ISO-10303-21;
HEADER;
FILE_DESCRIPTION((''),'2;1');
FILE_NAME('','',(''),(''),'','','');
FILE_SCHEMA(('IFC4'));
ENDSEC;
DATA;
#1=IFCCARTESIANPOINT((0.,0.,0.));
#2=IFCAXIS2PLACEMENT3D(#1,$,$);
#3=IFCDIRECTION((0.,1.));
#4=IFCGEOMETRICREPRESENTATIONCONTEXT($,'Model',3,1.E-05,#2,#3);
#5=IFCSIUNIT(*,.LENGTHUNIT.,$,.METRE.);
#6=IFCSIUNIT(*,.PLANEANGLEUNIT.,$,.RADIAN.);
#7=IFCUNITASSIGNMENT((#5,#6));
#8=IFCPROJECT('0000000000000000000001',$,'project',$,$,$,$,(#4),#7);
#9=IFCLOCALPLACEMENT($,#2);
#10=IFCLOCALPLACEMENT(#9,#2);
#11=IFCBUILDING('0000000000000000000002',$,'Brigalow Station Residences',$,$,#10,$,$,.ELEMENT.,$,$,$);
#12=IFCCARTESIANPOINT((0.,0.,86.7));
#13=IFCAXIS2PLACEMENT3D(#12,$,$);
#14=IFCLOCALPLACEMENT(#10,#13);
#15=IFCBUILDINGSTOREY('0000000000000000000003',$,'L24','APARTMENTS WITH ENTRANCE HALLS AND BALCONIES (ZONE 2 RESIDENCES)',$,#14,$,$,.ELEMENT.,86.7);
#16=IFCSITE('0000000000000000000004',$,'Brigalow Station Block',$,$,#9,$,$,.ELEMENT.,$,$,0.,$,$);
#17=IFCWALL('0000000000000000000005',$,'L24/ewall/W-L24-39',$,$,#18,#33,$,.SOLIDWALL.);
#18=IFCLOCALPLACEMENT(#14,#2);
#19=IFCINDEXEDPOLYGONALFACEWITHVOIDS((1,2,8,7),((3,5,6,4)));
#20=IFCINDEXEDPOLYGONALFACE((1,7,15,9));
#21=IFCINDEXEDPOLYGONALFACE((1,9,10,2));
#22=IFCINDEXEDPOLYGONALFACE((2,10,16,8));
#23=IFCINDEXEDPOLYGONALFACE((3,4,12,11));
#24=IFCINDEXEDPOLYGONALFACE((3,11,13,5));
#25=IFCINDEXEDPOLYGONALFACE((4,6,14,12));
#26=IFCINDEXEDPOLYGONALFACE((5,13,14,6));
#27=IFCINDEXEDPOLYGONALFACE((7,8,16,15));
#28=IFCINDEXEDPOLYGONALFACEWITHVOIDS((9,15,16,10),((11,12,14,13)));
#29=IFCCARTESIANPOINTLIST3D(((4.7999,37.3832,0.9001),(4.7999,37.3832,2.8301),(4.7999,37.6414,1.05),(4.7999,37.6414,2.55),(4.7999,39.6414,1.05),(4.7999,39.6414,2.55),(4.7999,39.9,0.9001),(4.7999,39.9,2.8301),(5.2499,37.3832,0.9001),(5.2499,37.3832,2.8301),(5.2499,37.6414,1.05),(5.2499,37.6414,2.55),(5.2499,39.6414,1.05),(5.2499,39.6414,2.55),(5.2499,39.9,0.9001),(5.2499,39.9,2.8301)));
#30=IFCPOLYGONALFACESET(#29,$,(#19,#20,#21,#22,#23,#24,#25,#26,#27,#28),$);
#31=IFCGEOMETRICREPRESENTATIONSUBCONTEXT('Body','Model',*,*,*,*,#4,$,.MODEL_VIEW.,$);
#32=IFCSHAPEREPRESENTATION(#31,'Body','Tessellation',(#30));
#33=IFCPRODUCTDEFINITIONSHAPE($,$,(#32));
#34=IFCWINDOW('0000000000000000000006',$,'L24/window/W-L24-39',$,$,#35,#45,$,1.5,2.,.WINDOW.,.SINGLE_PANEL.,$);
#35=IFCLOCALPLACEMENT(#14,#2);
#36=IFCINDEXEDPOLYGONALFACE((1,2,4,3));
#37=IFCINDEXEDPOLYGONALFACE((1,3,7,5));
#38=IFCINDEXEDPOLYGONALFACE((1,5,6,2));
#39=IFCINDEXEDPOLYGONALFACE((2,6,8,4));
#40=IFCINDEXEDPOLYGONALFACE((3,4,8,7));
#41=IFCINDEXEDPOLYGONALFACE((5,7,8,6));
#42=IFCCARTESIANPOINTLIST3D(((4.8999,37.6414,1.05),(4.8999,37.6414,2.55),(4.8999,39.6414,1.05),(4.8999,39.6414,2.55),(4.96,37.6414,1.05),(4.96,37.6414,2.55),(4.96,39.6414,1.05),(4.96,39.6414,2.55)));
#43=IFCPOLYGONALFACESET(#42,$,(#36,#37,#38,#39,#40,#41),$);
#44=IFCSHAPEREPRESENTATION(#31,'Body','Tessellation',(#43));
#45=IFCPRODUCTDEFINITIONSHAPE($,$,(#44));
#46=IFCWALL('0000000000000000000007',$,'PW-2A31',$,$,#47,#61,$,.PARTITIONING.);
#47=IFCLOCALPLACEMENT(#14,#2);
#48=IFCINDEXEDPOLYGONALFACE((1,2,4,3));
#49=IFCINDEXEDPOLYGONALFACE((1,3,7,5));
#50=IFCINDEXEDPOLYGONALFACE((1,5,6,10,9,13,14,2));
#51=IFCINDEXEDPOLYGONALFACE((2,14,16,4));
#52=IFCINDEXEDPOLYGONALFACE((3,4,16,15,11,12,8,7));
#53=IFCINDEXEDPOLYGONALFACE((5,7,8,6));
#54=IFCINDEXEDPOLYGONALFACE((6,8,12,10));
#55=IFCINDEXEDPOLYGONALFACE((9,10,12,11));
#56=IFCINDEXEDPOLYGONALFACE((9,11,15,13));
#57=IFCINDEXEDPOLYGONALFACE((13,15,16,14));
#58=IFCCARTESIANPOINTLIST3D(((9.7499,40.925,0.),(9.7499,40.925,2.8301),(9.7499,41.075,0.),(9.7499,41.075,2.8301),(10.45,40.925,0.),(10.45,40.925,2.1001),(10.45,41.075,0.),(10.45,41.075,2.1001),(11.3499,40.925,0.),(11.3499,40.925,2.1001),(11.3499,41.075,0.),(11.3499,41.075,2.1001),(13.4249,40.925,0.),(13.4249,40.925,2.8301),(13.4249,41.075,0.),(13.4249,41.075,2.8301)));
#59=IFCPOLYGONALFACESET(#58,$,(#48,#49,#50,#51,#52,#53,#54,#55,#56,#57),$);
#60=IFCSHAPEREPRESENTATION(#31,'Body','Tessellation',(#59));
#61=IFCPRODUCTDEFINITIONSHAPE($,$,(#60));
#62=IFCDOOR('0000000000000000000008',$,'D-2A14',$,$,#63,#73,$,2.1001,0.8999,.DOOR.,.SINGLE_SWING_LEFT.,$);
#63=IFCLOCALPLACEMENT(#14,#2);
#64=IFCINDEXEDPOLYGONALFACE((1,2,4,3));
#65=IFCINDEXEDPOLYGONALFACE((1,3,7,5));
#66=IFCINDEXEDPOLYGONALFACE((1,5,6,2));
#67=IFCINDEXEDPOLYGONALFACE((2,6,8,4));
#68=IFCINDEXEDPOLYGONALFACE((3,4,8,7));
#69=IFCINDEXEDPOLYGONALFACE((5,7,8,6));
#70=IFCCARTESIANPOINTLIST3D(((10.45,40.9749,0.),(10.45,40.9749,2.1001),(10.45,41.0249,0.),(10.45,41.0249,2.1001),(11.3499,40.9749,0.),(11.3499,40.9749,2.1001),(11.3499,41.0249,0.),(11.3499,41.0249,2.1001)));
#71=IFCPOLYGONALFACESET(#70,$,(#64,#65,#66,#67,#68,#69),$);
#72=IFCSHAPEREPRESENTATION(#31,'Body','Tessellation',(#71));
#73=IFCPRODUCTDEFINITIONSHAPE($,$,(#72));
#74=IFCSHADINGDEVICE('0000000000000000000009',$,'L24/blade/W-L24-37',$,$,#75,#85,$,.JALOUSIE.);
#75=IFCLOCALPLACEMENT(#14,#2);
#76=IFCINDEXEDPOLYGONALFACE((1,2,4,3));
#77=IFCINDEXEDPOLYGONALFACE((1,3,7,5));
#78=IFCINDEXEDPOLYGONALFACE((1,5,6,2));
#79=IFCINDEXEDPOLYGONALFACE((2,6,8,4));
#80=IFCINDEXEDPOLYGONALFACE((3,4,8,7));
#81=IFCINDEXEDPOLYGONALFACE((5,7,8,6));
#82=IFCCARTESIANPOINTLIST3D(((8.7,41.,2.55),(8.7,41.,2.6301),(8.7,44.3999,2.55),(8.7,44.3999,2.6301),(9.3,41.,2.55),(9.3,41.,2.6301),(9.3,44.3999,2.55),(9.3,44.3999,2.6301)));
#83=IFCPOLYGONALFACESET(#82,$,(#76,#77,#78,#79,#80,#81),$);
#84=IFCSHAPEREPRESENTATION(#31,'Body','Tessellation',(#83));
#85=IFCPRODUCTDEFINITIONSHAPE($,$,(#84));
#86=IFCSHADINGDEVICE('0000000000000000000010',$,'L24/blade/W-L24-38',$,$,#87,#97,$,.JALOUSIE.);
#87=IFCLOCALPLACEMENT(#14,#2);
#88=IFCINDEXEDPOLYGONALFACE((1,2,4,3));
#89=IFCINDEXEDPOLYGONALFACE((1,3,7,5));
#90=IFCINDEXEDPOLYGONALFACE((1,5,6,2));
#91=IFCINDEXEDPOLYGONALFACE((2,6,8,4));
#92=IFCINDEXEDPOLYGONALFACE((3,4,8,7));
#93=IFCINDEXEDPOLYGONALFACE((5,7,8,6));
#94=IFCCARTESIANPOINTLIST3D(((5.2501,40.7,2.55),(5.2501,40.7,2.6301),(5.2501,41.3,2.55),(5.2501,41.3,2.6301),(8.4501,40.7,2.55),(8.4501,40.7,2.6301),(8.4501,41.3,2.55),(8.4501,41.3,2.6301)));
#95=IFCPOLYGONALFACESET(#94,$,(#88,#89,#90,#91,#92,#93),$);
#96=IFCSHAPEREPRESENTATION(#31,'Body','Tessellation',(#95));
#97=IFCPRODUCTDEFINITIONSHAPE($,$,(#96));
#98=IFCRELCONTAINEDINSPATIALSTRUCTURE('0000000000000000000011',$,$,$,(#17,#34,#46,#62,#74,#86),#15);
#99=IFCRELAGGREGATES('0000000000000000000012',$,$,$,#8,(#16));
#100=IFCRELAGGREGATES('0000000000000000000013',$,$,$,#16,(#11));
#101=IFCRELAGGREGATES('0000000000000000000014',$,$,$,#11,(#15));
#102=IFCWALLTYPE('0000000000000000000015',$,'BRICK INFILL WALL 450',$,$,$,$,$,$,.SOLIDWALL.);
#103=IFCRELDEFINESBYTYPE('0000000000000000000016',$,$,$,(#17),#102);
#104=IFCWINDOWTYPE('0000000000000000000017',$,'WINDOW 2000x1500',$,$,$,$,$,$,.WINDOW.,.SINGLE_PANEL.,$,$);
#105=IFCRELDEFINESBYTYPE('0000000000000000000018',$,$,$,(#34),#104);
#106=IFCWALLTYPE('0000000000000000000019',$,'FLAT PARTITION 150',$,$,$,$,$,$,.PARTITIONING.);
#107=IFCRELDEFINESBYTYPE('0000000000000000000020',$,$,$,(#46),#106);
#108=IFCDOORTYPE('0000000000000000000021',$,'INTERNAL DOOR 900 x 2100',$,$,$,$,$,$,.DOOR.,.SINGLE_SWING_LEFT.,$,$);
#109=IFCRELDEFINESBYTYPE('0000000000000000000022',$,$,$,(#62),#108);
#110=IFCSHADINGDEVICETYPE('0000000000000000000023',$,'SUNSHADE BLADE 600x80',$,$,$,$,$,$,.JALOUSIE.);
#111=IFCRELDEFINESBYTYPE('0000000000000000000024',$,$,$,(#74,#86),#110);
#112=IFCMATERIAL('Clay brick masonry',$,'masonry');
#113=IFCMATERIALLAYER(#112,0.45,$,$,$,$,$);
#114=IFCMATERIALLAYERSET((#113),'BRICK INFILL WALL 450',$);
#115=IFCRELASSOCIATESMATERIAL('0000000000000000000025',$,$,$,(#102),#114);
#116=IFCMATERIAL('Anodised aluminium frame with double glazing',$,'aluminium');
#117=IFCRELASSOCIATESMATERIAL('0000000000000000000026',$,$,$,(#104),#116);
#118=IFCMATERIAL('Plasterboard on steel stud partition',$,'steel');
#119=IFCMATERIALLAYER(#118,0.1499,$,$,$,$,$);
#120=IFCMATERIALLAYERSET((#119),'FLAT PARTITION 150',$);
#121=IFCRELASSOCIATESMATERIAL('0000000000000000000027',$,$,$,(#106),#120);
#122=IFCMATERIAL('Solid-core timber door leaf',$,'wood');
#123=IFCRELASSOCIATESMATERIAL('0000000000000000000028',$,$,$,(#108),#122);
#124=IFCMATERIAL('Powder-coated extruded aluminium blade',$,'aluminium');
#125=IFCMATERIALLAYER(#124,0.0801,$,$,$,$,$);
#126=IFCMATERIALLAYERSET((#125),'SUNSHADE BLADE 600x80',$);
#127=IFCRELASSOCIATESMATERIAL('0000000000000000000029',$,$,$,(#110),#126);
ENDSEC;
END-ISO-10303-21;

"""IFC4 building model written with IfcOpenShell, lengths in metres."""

from ifc_helpers import new_model, si_unit, direction, frame, frame_2d, origin, origin_2d, place, context, subcontext, project, spatial, rectangle, extrude, material, layer, layer_set, type_object, element, fill, save


model = new_model("IFC4")

# Units and contexts
model_context = context("Model", 3, precision=1e-05, world=origin(), true_north=direction((0.0, 1.0)))
body_context = subcontext(model_context, "Body", "Model", "MODEL_VIEW")
ifc_project = project(units=[si_unit("LENGTHUNIT", "METRE"), si_unit("PLANEANGLEUNIT", "RADIAN")], contexts=[model_context])

# Site, building, storey
site_placement = place(None, origin())
site = spatial("IfcSite", under=ifc_project, at=site_placement, Name="Brigalow Station Block", CompositionType="ELEMENT", RefElevation=0.0)
building_placement = place(site_placement, origin())
building = spatial("IfcBuilding", under=site, at=building_placement, Name="Brigalow Station Residences", CompositionType="ELEMENT")
storey_placement = place(building_placement, frame((0.0, 0.0, 86.7)))
storey = spatial("IfcBuildingStorey", under=building, at=storey_placement, Name="L24", Description="APARTMENTS WITH ENTRANCE HALLS AND BALCONIES (ZONE 2 RESIDENCES)", CompositionType="ELEMENT", Elevation=86.7)

# Shared definitions
ifc_material_1 = material(Name="Clay brick masonry", Category="masonry")
ifc_layer_1 = layer(ifc_material_1, 0.45)
ifc_layer_set_1 = layer_set([ifc_layer_1], Name="BRICK INFILL WALL 450")
wall_type_1 = type_object("IfcWallType", Name="BRICK INFILL WALL 450", PredefinedType="SOLIDWALL", material=ifc_layer_set_1)

# Wall, opening, window
wall_1_placement = place(storey_placement, frame((5.0249, 39.8999, 0.9001), z_axis=(0.0, 0.0, 1.0), x_axis=(0.0, -1.0, 0.0)))
wall_1 = element("IfcWall", 1, at=wall_1_placement, inside=storey, type_object=wall_type_1, Name="L24/ewall/W-L24-39", PredefinedType="SOLIDWALL", context=body_context, shape_type="SweptSolid", body=[
    extrude(rectangle(XDim=2.5168, YDim=0.45, at=frame_2d((1.2583, 0.0))), origin(), (0.0, 0.0, 1.0), 1.9299),
])
opening_1_placement = place(wall_1_placement, frame((0.2585, 0.0, 0.1499)))
opening_1 = element("IfcOpeningElement", 2, at=opening_1_placement, cuts=wall_1, PredefinedType="OPENING", context=body_context, shape_type="SweptSolid", body=[
    extrude(rectangle(XDim=2.0, YDim=1.5, at=frame_2d((1.0, 0.75))), frame((0.0, 0.2349, 0.0), z_axis=(0.0, -1.0, 0.0), x_axis=(1.0, 0.0, 0.0)), (0.0, 0.0, 1.0), 0.47),
])
ifc_material_2 = material(Name="Anodised aluminium frame with double glazing", Category="aluminium")
window_type_1 = type_object("IfcWindowType", Name="WINDOW 2000x1500", PartitioningType="SINGLE_PANEL", PredefinedType="WINDOW", material=ifc_material_2)
window_1_placement = place(opening_1_placement, origin())
window_1 = element("IfcWindow", 3, at=window_1_placement, inside=storey, type_object=window_type_1, Name="L24/window/W-L24-39", OverallHeight=1.5, OverallWidth=2.0, PartitioningType="SINGLE_PANEL", PredefinedType="WINDOW", context=body_context, shape_type="SweptSolid", body=[
    extrude(rectangle(XDim=2.0, YDim=1.5, at=frame_2d((1.0, 0.75))), frame((0.0, -0.0649, 0.0), z_axis=(0.0, -1.0, 0.0), x_axis=(1.0, 0.0, 0.0)), (0.0, 0.0, 1.0), 0.0601),
])
fill(opening_1, window_1)

# Wall, opening, door
ifc_material_3 = material(Name="Plasterboard on steel stud partition", Category="steel")
ifc_layer_2 = layer(ifc_material_3, 0.1499)
ifc_layer_set_2 = layer_set([ifc_layer_2], Name="FLAT PARTITION 150")
wall_type_2 = type_object("IfcWallType", Name="FLAT PARTITION 150", PredefinedType="PARTITIONING", material=ifc_layer_set_2)
wall_2_placement = place(storey_placement, frame((9.75, 41.0, 0.0), z_axis=(0.0, 0.0, 1.0), x_axis=(1.0, 0.0, 0.0)))
wall_2 = element("IfcWall", 4, at=wall_2_placement, inside=storey, type_object=wall_type_2, Name="PW-2A31", PredefinedType="PARTITIONING", context=body_context, shape_type="SweptSolid", body=[
    extrude(rectangle(XDim=3.675, YDim=0.1499, at=frame_2d((1.8374, 0.0))), origin(), (0.0, 0.0, 1.0), 2.8301),
])
opening_2_placement = place(wall_2_placement, frame((0.7, 0.0, 0.0)))
opening_2 = element("IfcOpeningElement", 5, at=opening_2_placement, cuts=wall_2, PredefinedType="OPENING", context=body_context, shape_type="SweptSolid", body=[
    extrude(rectangle(XDim=0.8999, YDim=2.1001, at=frame_2d((0.45, 1.05))), frame((0.0, 0.085, 0.0), z_axis=(0.0, -1.0, 0.0), x_axis=(1.0, 0.0, 0.0)), (0.0, 0.0, 1.0), 0.1699),
])
ifc_material_4 = material(Name="Solid-core timber door leaf", Category="wood")
door_type_1 = type_object("IfcDoorType", Name="INTERNAL DOOR 900 x 2100", OperationType="SINGLE_SWING_LEFT", PredefinedType="DOOR", material=ifc_material_4)
door_1_placement = place(opening_2_placement, origin())
door_1 = element("IfcDoor", 6, at=door_1_placement, inside=storey, type_object=door_type_1, Name="D-2A14", OperationType="SINGLE_SWING_LEFT", OverallHeight=2.1001, OverallWidth=0.8999, PredefinedType="DOOR", context=body_context, shape_type="SweptSolid", body=[
    extrude(rectangle(XDim=0.8999, YDim=2.1001, at=frame_2d((0.45, 1.05))), frame((0.0, 0.0249, 0.0), z_axis=(0.0, -1.0, 0.0), x_axis=(1.0, 0.0, 0.0)), (0.0, 0.0, 1.0), 0.05),
])
fill(opening_2, door_1)

# Shading devices
ifc_material_5 = material(Name="Powder-coated extruded aluminium blade", Category="aluminium")
ifc_layer_3 = layer(ifc_material_5, 0.0801)
ifc_layer_set_3 = layer_set([ifc_layer_3], Name="SUNSHADE BLADE 600x80")
shading_device_type = type_object("IfcShadingDeviceType", Name="SUNSHADE BLADE 600x80", PredefinedType="JALOUSIE", material=ifc_layer_set_3)
shading_device_1_placement = place(storey_placement, frame((9.0, 42.7, 2.55), z_axis=(0.0, 0.0, 1.0), x_axis=(0.0, -1.0, 0.0)))
element("IfcShadingDevice", 7, at=shading_device_1_placement, inside=storey, type_object=shading_device_type, Name="L24/blade/W-L24-37", PredefinedType="JALOUSIE", context=body_context, shape_type="SweptSolid", body=[
    extrude(rectangle(XDim=3.3999, YDim=0.6001, at=origin_2d()), origin(), (0.0, 0.0, 1.0), 0.0801),
])
shading_device_2_placement = place(storey_placement, frame((6.8501, 41.0, 2.55), z_axis=(0.0, 0.0, 1.0), x_axis=(-1.0, 0.0, 0.0)))
element("IfcShadingDevice", 8, at=shading_device_2_placement, inside=storey, type_object=shading_device_type, Name="L24/blade/W-L24-38", PredefinedType="JALOUSIE", context=body_context, shape_type="SweptSolid", body=[
    extrude(rectangle(XDim=3.2, YDim=0.6001, at=origin_2d()), origin(), (0.0, 0.0, 1.0), 0.0801),
])

save(model, "model.ifc")
